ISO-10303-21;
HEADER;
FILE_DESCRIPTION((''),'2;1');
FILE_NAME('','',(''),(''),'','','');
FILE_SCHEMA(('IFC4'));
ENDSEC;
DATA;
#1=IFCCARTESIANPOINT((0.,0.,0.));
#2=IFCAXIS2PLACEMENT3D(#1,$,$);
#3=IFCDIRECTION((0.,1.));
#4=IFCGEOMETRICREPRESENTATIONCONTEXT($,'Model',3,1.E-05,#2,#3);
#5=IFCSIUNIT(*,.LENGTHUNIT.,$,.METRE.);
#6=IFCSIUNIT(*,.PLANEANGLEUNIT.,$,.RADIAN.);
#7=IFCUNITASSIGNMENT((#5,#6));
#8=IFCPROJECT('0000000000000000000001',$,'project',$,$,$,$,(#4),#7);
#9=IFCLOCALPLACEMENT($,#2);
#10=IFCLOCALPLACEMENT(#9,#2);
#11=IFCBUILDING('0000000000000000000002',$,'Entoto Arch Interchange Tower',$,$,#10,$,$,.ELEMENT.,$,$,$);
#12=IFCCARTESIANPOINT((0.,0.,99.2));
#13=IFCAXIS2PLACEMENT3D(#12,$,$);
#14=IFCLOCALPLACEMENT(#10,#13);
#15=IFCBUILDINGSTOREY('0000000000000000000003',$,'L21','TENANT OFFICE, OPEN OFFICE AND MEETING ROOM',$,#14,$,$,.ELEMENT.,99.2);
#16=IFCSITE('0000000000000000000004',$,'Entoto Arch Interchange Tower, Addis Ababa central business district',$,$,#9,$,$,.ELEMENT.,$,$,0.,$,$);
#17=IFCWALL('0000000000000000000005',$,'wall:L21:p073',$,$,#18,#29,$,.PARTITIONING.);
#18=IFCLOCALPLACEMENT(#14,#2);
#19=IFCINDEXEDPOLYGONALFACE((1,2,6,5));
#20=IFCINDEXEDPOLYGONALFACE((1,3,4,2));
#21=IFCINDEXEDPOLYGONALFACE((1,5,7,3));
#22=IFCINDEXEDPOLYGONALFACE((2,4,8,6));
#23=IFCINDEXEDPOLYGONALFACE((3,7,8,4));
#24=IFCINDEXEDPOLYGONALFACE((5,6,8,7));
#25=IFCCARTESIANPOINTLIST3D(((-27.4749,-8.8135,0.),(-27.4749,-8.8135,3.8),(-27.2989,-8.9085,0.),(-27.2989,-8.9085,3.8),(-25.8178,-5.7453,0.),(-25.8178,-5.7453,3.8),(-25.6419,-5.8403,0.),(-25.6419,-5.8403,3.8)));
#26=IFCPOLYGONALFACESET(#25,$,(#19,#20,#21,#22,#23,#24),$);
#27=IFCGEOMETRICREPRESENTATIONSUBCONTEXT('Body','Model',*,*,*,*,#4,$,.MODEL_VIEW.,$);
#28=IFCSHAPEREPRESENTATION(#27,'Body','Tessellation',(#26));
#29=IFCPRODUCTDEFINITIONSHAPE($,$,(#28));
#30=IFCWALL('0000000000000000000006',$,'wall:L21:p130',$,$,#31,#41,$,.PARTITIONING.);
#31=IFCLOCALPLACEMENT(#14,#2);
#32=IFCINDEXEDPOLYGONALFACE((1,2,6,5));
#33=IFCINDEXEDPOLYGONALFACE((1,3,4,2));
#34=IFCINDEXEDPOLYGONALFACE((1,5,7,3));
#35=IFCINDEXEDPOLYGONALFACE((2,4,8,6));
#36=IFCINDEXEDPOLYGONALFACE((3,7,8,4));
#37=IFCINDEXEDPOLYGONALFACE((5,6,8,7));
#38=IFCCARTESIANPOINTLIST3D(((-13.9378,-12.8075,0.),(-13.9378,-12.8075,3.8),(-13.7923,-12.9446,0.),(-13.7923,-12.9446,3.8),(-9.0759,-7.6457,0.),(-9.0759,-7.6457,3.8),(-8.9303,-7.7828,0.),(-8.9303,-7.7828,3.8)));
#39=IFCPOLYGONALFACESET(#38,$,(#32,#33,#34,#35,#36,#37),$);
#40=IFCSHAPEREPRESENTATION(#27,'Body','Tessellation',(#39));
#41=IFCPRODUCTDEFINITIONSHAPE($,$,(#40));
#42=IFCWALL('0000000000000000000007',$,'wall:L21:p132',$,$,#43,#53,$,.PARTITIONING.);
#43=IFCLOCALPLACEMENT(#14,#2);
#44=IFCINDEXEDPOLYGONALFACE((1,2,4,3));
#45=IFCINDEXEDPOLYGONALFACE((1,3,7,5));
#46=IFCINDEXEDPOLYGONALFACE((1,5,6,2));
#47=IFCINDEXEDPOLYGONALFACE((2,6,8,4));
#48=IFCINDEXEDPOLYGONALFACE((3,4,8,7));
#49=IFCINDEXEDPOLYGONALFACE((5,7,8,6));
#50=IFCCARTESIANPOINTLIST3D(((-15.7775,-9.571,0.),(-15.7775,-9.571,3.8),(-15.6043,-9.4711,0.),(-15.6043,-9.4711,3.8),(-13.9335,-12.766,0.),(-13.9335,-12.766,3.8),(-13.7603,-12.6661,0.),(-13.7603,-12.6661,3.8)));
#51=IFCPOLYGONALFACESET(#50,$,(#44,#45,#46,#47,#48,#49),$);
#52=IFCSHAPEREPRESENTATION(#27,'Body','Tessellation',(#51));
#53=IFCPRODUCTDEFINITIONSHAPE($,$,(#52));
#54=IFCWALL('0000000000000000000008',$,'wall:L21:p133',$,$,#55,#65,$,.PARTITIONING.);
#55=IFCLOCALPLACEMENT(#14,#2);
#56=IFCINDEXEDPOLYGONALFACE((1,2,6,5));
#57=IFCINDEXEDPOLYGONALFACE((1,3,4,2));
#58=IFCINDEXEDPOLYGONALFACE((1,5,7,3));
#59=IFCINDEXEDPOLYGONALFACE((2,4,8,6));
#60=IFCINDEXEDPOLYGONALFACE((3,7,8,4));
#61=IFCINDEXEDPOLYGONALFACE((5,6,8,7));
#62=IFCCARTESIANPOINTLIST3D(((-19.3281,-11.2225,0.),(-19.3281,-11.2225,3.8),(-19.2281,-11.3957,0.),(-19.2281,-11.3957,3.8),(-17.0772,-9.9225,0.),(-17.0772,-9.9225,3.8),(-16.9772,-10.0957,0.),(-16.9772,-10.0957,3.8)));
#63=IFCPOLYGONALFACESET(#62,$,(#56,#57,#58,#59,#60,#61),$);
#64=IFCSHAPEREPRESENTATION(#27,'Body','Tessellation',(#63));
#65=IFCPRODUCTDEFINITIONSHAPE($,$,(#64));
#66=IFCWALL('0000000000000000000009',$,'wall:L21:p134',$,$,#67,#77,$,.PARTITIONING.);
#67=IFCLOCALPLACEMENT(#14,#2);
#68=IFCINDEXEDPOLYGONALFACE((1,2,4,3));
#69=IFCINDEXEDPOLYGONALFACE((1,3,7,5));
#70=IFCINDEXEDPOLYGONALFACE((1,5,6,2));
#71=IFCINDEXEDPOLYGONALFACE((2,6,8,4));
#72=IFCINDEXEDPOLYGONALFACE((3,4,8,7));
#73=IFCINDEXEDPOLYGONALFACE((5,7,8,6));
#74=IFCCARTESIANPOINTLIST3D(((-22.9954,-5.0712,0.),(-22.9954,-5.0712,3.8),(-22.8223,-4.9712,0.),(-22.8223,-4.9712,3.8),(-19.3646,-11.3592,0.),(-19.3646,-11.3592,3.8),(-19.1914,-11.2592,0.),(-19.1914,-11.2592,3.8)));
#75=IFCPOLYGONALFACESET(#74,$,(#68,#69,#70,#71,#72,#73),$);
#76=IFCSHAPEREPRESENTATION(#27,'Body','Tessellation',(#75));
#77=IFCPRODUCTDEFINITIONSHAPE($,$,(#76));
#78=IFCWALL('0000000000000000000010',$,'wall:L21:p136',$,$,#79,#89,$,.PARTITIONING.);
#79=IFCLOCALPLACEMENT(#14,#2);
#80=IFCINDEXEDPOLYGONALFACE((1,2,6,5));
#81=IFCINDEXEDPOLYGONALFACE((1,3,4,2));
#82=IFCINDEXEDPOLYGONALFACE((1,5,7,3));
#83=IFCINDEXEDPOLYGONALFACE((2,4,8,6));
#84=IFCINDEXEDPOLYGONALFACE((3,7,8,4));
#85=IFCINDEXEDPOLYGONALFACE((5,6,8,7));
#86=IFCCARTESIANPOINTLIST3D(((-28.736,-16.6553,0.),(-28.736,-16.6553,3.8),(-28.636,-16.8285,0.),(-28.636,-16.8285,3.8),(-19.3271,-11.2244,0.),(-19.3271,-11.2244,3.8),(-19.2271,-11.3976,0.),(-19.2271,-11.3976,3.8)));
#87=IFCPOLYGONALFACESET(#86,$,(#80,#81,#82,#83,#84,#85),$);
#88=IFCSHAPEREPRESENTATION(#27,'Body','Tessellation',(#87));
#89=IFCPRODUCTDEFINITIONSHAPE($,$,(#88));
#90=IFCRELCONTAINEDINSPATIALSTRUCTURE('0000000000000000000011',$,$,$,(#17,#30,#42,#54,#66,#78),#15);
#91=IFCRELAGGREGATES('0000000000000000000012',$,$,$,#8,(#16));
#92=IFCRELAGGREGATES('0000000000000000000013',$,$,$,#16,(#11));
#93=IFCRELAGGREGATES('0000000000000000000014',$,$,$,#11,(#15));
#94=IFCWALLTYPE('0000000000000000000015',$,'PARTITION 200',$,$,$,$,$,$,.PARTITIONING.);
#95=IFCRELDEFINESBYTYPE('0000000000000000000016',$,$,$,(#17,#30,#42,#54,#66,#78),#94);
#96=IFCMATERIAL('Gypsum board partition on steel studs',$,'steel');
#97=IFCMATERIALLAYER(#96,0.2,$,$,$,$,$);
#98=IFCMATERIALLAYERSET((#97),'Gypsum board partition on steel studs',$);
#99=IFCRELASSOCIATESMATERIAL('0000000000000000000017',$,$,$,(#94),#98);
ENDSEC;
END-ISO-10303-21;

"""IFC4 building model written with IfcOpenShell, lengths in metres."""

from ifc_helpers import new_model, si_unit, direction, frame, frame_2d, origin, place, context, subcontext, project, spatial, rectangle, extrude, material, layer, layer_set, type_object, element, save


model = new_model("IFC4")

# Units and contexts
model_context = context("Model", 3, precision=1e-05, world=origin(), true_north=direction((0.0, 1.0)))
body_context = subcontext(model_context, "Body", "Model", "MODEL_VIEW")
ifc_project = project(units=[si_unit("LENGTHUNIT", "METRE"), si_unit("PLANEANGLEUNIT", "RADIAN")], contexts=[model_context])

# Site, building, storey
site_placement = place(None, origin())
site = spatial("IfcSite", under=ifc_project, at=site_placement, Name="Entoto Arch Interchange Tower, Addis Ababa central business district", CompositionType="ELEMENT", RefElevation=0.0)
building_placement = place(site_placement, origin())
building = spatial("IfcBuilding", under=site, at=building_placement, Name="Entoto Arch Interchange Tower", CompositionType="ELEMENT")
storey_placement = place(building_placement, frame((0.0, 0.0, 99.2)))
storey = spatial("IfcBuildingStorey", under=building, at=storey_placement, Name="L21", Description="TENANT OFFICE, OPEN OFFICE AND MEETING ROOM", CompositionType="ELEMENT", Elevation=99.2)

# Shared definitions
ifc_material_1 = material(Name="Gypsum board partition on steel studs", Category="steel")
ifc_layer_1 = layer(ifc_material_1, 0.2)
ifc_layer_set_1 = layer_set([ifc_layer_1], Name="Gypsum board partition on steel studs")
wall_type_1 = type_object("IfcWallType", Name="PARTITION 200", PredefinedType="PARTITIONING", material=ifc_layer_set_1)

# Walls
wall_1_placement = place(storey_placement, frame((-27.387, -8.8611, 0.0), z_axis=(0.0, 0.0, 1.0), x_axis=(0.475193, 0.879881, 0.0)))
element("IfcWall", 1, at=wall_1_placement, inside=storey, type_object=wall_type_1, Name="wall:L21:p073", PredefinedType="PARTITIONING", context=body_context, shape_type="SweptSolid", body=[
    extrude(rectangle(XDim=3.4871, YDim=0.2, at=frame_2d((1.7437, 0.0))), origin(), (0.0, 0.0, 1.0), 3.8),
])
wall_2_placement = place(storey_placement, frame((-13.865, -12.876, 0.0), z_axis=(0.0, 0.0, 1.0), x_axis=(0.685651, 0.72793, 0.0)))
element("IfcWall", 2, at=wall_2_placement, inside=storey, type_object=wall_type_1, Name="wall:L21:p130", PredefinedType="PARTITIONING", context=body_context, shape_type="SweptSolid", body=[
    extrude(rectangle(XDim=7.0911, YDim=0.2, at=frame_2d((3.5454, 0.0))), origin(), (0.0, 0.0, 1.0), 3.8),
])
wall_3_placement = place(storey_placement, frame((-13.8469, -12.7161, 0.0), z_axis=(0.0, 0.0, 1.0), x_axis=(-0.499862, 0.866105, 0.0)))
element("IfcWall", 3, at=wall_3_placement, inside=storey, type_object=wall_type_1, Name="wall:L21:p132", PredefinedType="PARTITIONING", context=body_context, shape_type="SweptSolid", body=[
    extrude(rectangle(XDim=3.689, YDim=0.2, at=frame_2d((1.8445, 0.0))), origin(), (0.0, 0.0, 1.0), 3.8),
])
wall_4_placement = place(storey_placement, frame((-17.0271, -10.009, 0.0), z_axis=(0.0, 0.0, 1.0), x_axis=(-0.865951, -0.500129, 0.0)))
element("IfcWall", 4, at=wall_4_placement, inside=storey, type_object=wall_type_1, Name="wall:L21:p133", PredefinedType="PARTITIONING", context=body_context, shape_type="SweptSolid", body=[
    extrude(rectangle(XDim=2.5994, YDim=0.2, at=frame_2d((1.2998, 0.0))), origin(), (0.0, 0.0, 1.0), 3.8),
])
wall_5_placement = place(storey_placement, frame((-19.2781, -11.3091, 0.0), z_axis=(0.0, 0.0, 1.0), x_axis=(-0.500045, 0.866, 0.0)))
element("IfcWall", 5, at=wall_5_placement, inside=storey, type_object=wall_type_1, Name="wall:L21:p134", PredefinedType="PARTITIONING", context=body_context, shape_type="SweptSolid", body=[
    extrude(rectangle(XDim=7.261, YDim=0.2, at=frame_2d((3.6304, 0.0))), origin(), (0.0, 0.0, 1.0), 3.8),
])
wall_6_placement = place(storey_placement, frame((-19.2771, -11.311, 0.0), z_axis=(0.0, 0.0, 1.0), x_axis=(-0.866079, -0.499907, 0.0)))
element("IfcWall", 6, at=wall_6_placement, inside=storey, type_object=wall_type_1, Name="wall:L21:p136", PredefinedType="PARTITIONING", context=body_context, shape_type="SweptSolid", body=[
    extrude(rectangle(XDim=10.8638, YDim=0.2, at=frame_2d((5.4319, 0.0))), origin(), (0.0, 0.0, 1.0), 3.8),
])

save(model, "model.ifc")
